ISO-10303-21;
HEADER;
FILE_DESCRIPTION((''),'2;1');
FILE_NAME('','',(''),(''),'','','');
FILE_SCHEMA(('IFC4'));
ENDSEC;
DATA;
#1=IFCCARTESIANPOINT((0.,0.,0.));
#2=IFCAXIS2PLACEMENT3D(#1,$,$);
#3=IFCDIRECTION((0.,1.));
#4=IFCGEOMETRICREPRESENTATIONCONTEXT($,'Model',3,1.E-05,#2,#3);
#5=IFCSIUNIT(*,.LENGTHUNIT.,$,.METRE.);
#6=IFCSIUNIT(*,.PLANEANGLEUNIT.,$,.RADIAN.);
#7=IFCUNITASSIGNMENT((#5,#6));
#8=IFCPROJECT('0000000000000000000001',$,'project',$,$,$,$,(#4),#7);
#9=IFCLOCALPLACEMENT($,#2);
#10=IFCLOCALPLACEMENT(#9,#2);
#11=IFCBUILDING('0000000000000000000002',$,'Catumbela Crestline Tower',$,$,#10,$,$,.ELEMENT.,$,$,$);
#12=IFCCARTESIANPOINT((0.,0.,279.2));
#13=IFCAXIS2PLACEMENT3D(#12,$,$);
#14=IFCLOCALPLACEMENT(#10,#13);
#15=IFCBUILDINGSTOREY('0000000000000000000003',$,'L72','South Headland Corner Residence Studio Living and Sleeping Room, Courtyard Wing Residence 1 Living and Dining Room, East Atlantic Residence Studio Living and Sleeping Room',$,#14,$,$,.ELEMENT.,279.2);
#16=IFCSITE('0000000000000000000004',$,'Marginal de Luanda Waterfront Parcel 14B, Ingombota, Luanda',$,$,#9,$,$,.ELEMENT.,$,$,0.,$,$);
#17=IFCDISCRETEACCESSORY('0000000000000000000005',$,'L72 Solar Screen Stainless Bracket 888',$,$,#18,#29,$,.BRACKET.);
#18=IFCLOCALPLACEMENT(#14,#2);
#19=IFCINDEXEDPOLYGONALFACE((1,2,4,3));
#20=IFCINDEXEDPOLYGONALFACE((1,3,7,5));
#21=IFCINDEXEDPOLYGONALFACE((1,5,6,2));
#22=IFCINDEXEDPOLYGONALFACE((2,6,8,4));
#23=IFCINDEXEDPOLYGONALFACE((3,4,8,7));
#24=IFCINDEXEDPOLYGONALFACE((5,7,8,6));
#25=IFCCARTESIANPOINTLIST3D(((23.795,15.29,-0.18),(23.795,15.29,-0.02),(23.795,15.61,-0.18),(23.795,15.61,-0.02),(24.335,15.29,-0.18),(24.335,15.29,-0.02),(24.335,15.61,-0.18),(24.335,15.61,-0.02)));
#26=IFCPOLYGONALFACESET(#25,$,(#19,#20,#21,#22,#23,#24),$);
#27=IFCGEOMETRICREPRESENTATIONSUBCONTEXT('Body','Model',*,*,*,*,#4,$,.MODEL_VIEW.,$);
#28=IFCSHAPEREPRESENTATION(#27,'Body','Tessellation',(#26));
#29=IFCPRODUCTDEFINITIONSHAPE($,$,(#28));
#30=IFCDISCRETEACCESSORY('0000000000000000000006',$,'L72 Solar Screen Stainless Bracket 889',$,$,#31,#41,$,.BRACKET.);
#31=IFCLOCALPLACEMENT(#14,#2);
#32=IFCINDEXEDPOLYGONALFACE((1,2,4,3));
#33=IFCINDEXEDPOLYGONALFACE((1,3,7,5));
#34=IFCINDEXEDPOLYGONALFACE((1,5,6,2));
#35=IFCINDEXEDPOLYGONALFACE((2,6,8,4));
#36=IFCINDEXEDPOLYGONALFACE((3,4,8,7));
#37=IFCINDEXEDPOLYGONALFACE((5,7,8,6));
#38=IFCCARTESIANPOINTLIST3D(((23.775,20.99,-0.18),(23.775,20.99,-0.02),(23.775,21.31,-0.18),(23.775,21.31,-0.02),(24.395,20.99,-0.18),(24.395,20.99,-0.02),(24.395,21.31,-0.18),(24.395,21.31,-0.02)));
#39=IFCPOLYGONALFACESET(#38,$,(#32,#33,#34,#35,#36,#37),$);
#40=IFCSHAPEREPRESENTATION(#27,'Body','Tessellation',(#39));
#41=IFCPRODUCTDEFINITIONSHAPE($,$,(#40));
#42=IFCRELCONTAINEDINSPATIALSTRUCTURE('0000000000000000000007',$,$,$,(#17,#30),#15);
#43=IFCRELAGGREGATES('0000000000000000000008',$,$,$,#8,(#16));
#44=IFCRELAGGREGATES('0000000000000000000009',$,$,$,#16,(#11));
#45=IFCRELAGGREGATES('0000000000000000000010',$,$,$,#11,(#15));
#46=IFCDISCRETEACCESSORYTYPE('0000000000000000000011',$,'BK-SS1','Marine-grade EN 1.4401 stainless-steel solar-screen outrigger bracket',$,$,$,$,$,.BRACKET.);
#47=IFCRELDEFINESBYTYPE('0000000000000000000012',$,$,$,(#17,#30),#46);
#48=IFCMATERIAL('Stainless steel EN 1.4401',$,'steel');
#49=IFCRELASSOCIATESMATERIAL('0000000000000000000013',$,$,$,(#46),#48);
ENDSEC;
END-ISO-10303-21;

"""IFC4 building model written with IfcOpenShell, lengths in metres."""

from ifc_helpers import new_model, si_unit, direction, frame, origin, origin_2d, place, context, subcontext, project, spatial, rectangle, extrude, material, type_object, element, save


model = new_model("IFC4")

# Units and contexts
model_context = context("Model", 3, precision=1e-05, world=origin(), true_north=direction((0.0, 1.0)))
body_context = subcontext(model_context, "Body", "Model", "MODEL_VIEW")
ifc_project = project(units=[si_unit("LENGTHUNIT", "METRE"), si_unit("PLANEANGLEUNIT", "RADIAN")], contexts=[model_context])

# Site, building, storey
site_placement = place(None, origin())
site = spatial("IfcSite", under=ifc_project, at=site_placement, Name="Marginal de Luanda Waterfront Parcel 14B, Ingombota, Luanda", CompositionType="ELEMENT", RefElevation=0.0)
building_placement = place(site_placement, origin())
building = spatial("IfcBuilding", under=site, at=building_placement, Name="Catumbela Crestline Tower", CompositionType="ELEMENT")
storey_placement = place(building_placement, frame((0.0, 0.0, 279.2)))
storey = spatial("IfcBuildingStorey", under=building, at=storey_placement, Name="L72", Description="South Headland Corner Residence Studio Living and Sleeping Room, Courtyard Wing Residence 1 Living and Dining Room, East Atlantic Residence Studio Living and Sleeping Room", CompositionType="ELEMENT", Elevation=279.2)

# Shared definitions
ifc_material_1 = material(Name="Stainless steel EN 1.4401", Category="steel")

# Discrete accessories
discrete_accessory_type = type_object("IfcDiscreteAccessoryType", Name="BK-SS1", Description="Marine-grade EN 1.4401 stainless-steel solar-screen outrigger bracket", PredefinedType="BRACKET", material=ifc_material_1)
discrete_accessory_1_placement = place(storey_placement, frame((24.065, 15.45, -0.18), z_axis=(0.0, 0.0, 1.0), x_axis=(0.0, 1.0, 0.0)))
element("IfcDiscreteAccessory", 1, at=discrete_accessory_1_placement, inside=storey, type_object=discrete_accessory_type, Name="L72 Solar Screen Stainless Bracket 888", PredefinedType="BRACKET", context=body_context, shape_type="SweptSolid", body=[
    extrude(rectangle(XDim=0.32, YDim=0.54, at=origin_2d()), origin(), (0.0, 0.0, 1.0), 0.16),
])
discrete_accessory_2_placement = place(storey_placement, frame((24.085, 21.15, -0.18), z_axis=(0.0, 0.0, 1.0), x_axis=(0.0, 1.0, 0.0)))
element("IfcDiscreteAccessory", 2, at=discrete_accessory_2_placement, inside=storey, type_object=discrete_accessory_type, Name="L72 Solar Screen Stainless Bracket 889", PredefinedType="BRACKET", context=body_context, shape_type="SweptSolid", body=[
    extrude(rectangle(XDim=0.32, YDim=0.62, at=origin_2d()), origin(), (0.0, 0.0, 1.0), 0.16),
])

save(model, "model.ifc")
